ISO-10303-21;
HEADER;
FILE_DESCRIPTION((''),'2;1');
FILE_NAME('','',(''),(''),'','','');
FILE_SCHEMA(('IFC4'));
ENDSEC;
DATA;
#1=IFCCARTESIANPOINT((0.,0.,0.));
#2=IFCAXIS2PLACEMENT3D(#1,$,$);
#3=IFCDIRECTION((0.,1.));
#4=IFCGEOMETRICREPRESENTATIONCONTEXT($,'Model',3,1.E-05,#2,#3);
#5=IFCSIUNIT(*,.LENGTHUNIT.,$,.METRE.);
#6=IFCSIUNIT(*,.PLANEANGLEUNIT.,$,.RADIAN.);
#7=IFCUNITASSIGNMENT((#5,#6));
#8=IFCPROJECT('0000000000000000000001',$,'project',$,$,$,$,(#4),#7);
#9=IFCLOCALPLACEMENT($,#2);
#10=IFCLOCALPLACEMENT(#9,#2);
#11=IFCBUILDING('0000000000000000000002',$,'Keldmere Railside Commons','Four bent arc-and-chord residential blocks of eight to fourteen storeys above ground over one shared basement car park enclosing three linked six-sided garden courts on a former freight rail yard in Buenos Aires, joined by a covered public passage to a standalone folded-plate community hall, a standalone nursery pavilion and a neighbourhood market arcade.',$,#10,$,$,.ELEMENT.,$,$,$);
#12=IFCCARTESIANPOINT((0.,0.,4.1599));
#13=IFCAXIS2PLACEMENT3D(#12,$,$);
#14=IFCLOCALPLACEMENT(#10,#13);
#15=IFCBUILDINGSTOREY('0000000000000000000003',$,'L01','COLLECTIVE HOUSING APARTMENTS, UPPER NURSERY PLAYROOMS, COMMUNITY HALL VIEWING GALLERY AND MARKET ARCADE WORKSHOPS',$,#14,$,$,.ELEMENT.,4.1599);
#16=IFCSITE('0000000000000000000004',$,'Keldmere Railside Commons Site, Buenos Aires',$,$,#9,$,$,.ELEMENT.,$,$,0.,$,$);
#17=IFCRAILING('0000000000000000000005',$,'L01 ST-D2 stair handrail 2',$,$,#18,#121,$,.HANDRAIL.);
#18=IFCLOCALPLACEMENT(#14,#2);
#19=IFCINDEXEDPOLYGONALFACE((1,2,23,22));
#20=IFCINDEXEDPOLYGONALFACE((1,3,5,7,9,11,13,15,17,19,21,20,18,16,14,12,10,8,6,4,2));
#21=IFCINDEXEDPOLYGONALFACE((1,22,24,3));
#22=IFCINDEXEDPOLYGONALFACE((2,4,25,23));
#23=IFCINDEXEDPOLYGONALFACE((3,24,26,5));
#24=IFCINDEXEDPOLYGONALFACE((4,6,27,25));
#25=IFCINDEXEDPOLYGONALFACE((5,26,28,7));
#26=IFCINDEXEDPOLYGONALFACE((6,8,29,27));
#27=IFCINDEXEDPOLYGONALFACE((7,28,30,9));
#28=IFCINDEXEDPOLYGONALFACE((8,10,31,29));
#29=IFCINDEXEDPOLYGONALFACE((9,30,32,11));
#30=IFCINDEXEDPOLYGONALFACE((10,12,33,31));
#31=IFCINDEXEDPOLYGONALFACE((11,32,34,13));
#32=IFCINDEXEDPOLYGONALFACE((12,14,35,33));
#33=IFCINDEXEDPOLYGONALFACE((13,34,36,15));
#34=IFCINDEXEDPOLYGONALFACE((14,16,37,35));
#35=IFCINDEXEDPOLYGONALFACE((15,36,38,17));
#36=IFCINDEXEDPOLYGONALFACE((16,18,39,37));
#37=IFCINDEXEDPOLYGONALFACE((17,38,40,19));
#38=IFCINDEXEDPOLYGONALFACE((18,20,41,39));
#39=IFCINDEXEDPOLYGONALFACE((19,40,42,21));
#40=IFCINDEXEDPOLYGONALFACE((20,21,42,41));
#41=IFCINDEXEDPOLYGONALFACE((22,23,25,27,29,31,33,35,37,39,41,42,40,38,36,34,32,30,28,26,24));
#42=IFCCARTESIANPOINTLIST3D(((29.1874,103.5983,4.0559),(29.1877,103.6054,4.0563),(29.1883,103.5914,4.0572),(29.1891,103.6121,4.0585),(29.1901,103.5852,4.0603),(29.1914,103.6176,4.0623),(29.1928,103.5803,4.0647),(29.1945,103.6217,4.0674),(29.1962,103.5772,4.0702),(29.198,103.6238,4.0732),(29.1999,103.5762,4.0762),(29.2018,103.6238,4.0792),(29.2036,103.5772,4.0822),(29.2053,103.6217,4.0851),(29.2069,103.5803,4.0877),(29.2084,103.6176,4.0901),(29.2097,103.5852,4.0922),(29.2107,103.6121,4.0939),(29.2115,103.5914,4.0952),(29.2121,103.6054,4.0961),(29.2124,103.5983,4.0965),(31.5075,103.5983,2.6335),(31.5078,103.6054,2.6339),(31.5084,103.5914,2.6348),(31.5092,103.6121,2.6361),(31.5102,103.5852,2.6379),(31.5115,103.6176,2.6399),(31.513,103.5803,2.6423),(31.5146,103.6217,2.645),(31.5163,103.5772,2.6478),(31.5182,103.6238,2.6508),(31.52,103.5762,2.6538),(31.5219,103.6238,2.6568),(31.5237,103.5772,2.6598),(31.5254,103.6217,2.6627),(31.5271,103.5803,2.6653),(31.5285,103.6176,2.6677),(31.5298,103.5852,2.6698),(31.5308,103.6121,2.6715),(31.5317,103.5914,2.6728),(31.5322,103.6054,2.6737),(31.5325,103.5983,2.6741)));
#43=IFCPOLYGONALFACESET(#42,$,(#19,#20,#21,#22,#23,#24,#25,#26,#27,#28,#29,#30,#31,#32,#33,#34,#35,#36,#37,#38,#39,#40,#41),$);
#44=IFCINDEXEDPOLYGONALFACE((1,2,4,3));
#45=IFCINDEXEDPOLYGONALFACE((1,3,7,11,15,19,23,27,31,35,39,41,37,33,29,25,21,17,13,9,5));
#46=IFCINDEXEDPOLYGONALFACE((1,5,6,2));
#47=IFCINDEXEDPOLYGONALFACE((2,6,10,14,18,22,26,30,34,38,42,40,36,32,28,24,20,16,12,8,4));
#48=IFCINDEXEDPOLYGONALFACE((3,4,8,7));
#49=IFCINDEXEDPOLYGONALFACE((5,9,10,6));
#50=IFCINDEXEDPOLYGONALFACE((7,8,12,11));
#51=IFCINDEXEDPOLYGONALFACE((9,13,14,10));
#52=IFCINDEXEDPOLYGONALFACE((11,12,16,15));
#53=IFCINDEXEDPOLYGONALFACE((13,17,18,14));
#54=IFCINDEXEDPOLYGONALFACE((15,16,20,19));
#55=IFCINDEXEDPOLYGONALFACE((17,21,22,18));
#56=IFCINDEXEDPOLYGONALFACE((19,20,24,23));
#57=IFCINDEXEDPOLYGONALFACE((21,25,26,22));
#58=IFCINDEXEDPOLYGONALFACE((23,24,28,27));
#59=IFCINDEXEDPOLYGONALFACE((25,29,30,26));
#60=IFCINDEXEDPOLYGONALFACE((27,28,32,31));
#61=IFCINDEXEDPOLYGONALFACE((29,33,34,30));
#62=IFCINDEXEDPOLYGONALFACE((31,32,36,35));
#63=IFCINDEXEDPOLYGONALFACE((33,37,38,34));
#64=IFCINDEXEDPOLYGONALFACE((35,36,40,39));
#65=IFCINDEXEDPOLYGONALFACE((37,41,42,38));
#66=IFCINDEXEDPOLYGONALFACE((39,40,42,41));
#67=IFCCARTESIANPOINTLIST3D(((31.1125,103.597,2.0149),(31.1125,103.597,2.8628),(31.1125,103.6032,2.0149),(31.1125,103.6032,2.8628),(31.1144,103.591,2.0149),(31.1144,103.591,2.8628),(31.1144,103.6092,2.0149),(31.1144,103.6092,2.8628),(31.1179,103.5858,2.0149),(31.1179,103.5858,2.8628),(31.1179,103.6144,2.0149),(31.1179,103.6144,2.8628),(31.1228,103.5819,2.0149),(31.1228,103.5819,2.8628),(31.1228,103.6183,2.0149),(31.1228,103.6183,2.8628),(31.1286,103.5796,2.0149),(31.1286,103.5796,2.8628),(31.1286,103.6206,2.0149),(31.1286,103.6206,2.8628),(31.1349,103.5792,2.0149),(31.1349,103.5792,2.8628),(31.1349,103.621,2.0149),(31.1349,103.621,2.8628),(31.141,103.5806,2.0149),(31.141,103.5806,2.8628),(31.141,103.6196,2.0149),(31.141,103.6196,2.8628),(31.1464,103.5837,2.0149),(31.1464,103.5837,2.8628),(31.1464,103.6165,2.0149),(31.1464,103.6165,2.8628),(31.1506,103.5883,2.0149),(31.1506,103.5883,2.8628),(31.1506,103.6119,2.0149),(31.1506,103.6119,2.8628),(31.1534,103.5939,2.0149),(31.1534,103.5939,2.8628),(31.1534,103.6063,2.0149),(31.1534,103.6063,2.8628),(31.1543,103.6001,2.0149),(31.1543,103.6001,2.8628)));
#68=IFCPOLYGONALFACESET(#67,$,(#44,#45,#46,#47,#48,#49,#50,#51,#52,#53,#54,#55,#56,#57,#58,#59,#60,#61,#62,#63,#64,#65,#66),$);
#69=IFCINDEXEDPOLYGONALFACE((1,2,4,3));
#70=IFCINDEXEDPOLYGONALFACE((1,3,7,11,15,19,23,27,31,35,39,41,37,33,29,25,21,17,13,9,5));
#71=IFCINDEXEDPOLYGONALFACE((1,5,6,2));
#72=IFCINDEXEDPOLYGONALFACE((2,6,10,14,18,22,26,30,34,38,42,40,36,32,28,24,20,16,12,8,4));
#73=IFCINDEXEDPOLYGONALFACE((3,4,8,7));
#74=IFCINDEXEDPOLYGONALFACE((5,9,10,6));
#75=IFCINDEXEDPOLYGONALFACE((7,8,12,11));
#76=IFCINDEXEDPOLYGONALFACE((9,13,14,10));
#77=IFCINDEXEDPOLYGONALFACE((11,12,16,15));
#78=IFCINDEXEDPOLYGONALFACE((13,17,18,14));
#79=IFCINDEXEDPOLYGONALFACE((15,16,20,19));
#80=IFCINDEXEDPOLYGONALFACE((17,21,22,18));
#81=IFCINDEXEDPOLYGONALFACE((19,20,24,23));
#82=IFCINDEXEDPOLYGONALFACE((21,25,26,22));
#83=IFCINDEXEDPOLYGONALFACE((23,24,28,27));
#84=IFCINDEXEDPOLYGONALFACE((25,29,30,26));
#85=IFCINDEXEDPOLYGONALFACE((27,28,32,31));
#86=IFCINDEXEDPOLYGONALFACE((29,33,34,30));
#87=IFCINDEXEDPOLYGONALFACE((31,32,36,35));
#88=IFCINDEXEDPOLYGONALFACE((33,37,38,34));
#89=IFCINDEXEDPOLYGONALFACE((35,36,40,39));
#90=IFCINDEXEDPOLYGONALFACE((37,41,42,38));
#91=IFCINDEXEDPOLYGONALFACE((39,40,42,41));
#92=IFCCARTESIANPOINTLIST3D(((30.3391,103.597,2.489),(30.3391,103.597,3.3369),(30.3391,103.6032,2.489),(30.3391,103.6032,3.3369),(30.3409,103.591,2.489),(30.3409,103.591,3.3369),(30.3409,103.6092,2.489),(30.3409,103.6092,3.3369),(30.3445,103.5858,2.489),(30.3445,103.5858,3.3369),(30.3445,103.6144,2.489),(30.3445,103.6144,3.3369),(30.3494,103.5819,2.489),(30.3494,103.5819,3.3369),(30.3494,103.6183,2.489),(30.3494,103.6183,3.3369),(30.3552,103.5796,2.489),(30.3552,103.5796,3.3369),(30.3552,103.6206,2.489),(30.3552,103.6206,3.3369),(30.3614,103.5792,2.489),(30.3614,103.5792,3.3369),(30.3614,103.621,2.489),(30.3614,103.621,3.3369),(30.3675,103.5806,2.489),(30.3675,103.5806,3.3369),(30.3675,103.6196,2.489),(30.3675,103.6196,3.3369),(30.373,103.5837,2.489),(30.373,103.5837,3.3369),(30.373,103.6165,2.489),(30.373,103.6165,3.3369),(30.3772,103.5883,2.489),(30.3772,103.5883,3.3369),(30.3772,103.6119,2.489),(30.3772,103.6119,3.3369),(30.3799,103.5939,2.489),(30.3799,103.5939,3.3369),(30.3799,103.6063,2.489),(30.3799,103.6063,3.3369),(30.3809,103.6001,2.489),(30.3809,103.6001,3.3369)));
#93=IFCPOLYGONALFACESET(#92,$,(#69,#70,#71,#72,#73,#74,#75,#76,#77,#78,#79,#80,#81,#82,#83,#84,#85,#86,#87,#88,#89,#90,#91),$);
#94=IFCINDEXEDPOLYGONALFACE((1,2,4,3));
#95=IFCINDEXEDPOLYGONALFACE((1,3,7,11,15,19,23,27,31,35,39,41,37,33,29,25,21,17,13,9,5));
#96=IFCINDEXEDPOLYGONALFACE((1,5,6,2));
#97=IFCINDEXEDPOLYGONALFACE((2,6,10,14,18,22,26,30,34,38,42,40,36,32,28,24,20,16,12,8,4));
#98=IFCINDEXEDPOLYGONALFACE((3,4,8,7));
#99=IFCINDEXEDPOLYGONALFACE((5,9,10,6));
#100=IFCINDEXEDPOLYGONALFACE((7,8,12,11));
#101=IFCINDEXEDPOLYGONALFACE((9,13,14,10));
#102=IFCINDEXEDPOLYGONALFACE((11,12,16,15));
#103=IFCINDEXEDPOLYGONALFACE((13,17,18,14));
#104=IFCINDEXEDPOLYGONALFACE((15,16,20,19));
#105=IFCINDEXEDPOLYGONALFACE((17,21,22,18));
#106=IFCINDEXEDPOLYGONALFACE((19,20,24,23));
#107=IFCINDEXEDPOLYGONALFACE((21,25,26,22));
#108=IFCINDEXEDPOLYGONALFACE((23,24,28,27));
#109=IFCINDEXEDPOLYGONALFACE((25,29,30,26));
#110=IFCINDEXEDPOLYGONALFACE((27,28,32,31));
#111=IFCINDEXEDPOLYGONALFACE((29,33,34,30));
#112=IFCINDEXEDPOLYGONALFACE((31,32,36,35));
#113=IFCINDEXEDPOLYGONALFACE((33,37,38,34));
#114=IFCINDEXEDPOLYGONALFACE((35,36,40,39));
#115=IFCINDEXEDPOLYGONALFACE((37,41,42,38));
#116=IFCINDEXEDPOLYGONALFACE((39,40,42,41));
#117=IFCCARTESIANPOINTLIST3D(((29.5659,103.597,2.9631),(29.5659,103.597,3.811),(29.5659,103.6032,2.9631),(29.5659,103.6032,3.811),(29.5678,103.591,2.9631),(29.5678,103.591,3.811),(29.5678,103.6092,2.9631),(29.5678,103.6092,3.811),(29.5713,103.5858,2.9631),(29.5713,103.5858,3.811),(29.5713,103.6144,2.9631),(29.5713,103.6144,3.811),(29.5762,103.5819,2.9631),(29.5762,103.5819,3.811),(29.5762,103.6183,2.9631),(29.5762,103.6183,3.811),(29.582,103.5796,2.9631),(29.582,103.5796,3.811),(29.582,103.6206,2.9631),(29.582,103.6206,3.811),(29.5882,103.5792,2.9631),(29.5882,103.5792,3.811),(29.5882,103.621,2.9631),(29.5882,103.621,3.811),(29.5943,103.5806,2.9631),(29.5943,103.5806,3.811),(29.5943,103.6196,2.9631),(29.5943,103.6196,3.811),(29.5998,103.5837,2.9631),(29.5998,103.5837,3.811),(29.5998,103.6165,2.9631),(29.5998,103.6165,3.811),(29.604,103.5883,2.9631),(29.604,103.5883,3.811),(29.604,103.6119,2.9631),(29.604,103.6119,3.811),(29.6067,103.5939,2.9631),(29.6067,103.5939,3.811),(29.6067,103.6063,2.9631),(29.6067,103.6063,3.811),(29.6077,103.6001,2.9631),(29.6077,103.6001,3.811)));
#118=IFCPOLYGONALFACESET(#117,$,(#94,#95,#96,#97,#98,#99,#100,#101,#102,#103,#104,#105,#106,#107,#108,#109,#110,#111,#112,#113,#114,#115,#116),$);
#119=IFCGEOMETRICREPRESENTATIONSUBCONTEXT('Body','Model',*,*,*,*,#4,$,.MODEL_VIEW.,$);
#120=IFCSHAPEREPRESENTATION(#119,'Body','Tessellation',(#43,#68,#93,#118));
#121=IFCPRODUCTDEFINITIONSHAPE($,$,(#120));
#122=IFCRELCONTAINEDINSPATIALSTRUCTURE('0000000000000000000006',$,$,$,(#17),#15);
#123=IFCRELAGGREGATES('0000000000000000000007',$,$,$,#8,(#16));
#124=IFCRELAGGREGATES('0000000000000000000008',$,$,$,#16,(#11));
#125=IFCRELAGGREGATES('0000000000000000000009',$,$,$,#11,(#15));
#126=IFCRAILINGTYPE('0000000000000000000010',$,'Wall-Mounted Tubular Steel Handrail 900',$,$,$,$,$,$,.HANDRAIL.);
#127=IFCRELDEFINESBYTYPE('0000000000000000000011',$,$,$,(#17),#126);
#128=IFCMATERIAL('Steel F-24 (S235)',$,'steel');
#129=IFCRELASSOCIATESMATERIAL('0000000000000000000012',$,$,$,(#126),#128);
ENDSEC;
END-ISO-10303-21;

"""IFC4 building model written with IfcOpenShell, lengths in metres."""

from ifc_helpers import new_model, si_unit, direction, frame, origin, origin_2d, place, context, subcontext, project, spatial, circle, extrude, material, type_object, element, save


model = new_model("IFC4")

# Units and contexts
model_context = context("Model", 3, precision=1e-05, world=origin(), true_north=direction((0.0, 1.0)))
body_context = subcontext(model_context, "Body", "Model", "MODEL_VIEW")
ifc_project = project(units=[si_unit("LENGTHUNIT", "METRE"), si_unit("PLANEANGLEUNIT", "RADIAN")], contexts=[model_context])

# Site, building, storey
site_placement = place(None, origin())
site = spatial("IfcSite", under=ifc_project, at=site_placement, Name="Keldmere Railside Commons Site, Buenos Aires", CompositionType="ELEMENT", RefElevation=0.0)
building_placement = place(site_placement, origin())
building = spatial("IfcBuilding", under=site, at=building_placement, Name="Keldmere Railside Commons", Description="Four bent arc-and-chord residential blocks of eight to fourteen storeys above ground over one shared basement car park enclosing three linked six-sided garden courts on a former freight rail yard in Buenos Aires, joined by a covered public passage to a standalone folded-plate community hall, a standalone nursery pavilion and a neighbourhood market arcade.", CompositionType="ELEMENT")
storey_placement = place(building_placement, frame((0.0, 0.0, 4.1599)))
storey = spatial("IfcBuildingStorey", under=building, at=storey_placement, Name="L01", Description="COLLECTIVE HOUSING APARTMENTS, UPPER NURSERY PLAYROOMS, COMMUNITY HALL VIEWING GALLERY AND MARKET ARCADE WORKSHOPS", CompositionType="ELEMENT", Elevation=4.1599)

# Shared definitions
ifc_material_1 = material(Name="Steel F-24 (S235)", Category="steel")

# Railing
railing_type_1 = type_object("IfcRailingType", Name="Wall-Mounted Tubular Steel Handrail 900", PredefinedType="HANDRAIL", material=ifc_material_1)
railing_1_placement = place(storey_placement, frame((31.52, 103.6001, 1.7778)))
element("IfcRailing", 1, at=railing_1_placement, inside=storey, type_object=railing_type_1, Name="L01 ST-D2 stair handrail 2", PredefinedType="HANDRAIL", context=body_context, shape_type="SweptSolid", body=[
    extrude(circle(Radius=0.0239, at=origin_2d()), frame((0.0, 0.0, 0.876), z_axis=(-0.852538, 0.0, 0.522665), x_axis=(0.0, -1.0, 0.0)), (0.0, 0.0, 1.0), 2.7214),
    extrude(circle(Radius=0.021, at=origin_2d()), frame((-0.3867, 0.0, 0.2371)), (0.0, 0.0, 1.0), 0.8479),
    extrude(circle(Radius=0.021, at=origin_2d()), frame((-1.1602, 0.0, 0.7112)), (0.0, 0.0, 1.0), 0.8479),
    extrude(circle(Radius=0.021, at=origin_2d()), frame((-1.9333, 0.0, 1.1853)), (0.0, 0.0, 1.0), 0.8479),
])

save(model, "model.ifc")
